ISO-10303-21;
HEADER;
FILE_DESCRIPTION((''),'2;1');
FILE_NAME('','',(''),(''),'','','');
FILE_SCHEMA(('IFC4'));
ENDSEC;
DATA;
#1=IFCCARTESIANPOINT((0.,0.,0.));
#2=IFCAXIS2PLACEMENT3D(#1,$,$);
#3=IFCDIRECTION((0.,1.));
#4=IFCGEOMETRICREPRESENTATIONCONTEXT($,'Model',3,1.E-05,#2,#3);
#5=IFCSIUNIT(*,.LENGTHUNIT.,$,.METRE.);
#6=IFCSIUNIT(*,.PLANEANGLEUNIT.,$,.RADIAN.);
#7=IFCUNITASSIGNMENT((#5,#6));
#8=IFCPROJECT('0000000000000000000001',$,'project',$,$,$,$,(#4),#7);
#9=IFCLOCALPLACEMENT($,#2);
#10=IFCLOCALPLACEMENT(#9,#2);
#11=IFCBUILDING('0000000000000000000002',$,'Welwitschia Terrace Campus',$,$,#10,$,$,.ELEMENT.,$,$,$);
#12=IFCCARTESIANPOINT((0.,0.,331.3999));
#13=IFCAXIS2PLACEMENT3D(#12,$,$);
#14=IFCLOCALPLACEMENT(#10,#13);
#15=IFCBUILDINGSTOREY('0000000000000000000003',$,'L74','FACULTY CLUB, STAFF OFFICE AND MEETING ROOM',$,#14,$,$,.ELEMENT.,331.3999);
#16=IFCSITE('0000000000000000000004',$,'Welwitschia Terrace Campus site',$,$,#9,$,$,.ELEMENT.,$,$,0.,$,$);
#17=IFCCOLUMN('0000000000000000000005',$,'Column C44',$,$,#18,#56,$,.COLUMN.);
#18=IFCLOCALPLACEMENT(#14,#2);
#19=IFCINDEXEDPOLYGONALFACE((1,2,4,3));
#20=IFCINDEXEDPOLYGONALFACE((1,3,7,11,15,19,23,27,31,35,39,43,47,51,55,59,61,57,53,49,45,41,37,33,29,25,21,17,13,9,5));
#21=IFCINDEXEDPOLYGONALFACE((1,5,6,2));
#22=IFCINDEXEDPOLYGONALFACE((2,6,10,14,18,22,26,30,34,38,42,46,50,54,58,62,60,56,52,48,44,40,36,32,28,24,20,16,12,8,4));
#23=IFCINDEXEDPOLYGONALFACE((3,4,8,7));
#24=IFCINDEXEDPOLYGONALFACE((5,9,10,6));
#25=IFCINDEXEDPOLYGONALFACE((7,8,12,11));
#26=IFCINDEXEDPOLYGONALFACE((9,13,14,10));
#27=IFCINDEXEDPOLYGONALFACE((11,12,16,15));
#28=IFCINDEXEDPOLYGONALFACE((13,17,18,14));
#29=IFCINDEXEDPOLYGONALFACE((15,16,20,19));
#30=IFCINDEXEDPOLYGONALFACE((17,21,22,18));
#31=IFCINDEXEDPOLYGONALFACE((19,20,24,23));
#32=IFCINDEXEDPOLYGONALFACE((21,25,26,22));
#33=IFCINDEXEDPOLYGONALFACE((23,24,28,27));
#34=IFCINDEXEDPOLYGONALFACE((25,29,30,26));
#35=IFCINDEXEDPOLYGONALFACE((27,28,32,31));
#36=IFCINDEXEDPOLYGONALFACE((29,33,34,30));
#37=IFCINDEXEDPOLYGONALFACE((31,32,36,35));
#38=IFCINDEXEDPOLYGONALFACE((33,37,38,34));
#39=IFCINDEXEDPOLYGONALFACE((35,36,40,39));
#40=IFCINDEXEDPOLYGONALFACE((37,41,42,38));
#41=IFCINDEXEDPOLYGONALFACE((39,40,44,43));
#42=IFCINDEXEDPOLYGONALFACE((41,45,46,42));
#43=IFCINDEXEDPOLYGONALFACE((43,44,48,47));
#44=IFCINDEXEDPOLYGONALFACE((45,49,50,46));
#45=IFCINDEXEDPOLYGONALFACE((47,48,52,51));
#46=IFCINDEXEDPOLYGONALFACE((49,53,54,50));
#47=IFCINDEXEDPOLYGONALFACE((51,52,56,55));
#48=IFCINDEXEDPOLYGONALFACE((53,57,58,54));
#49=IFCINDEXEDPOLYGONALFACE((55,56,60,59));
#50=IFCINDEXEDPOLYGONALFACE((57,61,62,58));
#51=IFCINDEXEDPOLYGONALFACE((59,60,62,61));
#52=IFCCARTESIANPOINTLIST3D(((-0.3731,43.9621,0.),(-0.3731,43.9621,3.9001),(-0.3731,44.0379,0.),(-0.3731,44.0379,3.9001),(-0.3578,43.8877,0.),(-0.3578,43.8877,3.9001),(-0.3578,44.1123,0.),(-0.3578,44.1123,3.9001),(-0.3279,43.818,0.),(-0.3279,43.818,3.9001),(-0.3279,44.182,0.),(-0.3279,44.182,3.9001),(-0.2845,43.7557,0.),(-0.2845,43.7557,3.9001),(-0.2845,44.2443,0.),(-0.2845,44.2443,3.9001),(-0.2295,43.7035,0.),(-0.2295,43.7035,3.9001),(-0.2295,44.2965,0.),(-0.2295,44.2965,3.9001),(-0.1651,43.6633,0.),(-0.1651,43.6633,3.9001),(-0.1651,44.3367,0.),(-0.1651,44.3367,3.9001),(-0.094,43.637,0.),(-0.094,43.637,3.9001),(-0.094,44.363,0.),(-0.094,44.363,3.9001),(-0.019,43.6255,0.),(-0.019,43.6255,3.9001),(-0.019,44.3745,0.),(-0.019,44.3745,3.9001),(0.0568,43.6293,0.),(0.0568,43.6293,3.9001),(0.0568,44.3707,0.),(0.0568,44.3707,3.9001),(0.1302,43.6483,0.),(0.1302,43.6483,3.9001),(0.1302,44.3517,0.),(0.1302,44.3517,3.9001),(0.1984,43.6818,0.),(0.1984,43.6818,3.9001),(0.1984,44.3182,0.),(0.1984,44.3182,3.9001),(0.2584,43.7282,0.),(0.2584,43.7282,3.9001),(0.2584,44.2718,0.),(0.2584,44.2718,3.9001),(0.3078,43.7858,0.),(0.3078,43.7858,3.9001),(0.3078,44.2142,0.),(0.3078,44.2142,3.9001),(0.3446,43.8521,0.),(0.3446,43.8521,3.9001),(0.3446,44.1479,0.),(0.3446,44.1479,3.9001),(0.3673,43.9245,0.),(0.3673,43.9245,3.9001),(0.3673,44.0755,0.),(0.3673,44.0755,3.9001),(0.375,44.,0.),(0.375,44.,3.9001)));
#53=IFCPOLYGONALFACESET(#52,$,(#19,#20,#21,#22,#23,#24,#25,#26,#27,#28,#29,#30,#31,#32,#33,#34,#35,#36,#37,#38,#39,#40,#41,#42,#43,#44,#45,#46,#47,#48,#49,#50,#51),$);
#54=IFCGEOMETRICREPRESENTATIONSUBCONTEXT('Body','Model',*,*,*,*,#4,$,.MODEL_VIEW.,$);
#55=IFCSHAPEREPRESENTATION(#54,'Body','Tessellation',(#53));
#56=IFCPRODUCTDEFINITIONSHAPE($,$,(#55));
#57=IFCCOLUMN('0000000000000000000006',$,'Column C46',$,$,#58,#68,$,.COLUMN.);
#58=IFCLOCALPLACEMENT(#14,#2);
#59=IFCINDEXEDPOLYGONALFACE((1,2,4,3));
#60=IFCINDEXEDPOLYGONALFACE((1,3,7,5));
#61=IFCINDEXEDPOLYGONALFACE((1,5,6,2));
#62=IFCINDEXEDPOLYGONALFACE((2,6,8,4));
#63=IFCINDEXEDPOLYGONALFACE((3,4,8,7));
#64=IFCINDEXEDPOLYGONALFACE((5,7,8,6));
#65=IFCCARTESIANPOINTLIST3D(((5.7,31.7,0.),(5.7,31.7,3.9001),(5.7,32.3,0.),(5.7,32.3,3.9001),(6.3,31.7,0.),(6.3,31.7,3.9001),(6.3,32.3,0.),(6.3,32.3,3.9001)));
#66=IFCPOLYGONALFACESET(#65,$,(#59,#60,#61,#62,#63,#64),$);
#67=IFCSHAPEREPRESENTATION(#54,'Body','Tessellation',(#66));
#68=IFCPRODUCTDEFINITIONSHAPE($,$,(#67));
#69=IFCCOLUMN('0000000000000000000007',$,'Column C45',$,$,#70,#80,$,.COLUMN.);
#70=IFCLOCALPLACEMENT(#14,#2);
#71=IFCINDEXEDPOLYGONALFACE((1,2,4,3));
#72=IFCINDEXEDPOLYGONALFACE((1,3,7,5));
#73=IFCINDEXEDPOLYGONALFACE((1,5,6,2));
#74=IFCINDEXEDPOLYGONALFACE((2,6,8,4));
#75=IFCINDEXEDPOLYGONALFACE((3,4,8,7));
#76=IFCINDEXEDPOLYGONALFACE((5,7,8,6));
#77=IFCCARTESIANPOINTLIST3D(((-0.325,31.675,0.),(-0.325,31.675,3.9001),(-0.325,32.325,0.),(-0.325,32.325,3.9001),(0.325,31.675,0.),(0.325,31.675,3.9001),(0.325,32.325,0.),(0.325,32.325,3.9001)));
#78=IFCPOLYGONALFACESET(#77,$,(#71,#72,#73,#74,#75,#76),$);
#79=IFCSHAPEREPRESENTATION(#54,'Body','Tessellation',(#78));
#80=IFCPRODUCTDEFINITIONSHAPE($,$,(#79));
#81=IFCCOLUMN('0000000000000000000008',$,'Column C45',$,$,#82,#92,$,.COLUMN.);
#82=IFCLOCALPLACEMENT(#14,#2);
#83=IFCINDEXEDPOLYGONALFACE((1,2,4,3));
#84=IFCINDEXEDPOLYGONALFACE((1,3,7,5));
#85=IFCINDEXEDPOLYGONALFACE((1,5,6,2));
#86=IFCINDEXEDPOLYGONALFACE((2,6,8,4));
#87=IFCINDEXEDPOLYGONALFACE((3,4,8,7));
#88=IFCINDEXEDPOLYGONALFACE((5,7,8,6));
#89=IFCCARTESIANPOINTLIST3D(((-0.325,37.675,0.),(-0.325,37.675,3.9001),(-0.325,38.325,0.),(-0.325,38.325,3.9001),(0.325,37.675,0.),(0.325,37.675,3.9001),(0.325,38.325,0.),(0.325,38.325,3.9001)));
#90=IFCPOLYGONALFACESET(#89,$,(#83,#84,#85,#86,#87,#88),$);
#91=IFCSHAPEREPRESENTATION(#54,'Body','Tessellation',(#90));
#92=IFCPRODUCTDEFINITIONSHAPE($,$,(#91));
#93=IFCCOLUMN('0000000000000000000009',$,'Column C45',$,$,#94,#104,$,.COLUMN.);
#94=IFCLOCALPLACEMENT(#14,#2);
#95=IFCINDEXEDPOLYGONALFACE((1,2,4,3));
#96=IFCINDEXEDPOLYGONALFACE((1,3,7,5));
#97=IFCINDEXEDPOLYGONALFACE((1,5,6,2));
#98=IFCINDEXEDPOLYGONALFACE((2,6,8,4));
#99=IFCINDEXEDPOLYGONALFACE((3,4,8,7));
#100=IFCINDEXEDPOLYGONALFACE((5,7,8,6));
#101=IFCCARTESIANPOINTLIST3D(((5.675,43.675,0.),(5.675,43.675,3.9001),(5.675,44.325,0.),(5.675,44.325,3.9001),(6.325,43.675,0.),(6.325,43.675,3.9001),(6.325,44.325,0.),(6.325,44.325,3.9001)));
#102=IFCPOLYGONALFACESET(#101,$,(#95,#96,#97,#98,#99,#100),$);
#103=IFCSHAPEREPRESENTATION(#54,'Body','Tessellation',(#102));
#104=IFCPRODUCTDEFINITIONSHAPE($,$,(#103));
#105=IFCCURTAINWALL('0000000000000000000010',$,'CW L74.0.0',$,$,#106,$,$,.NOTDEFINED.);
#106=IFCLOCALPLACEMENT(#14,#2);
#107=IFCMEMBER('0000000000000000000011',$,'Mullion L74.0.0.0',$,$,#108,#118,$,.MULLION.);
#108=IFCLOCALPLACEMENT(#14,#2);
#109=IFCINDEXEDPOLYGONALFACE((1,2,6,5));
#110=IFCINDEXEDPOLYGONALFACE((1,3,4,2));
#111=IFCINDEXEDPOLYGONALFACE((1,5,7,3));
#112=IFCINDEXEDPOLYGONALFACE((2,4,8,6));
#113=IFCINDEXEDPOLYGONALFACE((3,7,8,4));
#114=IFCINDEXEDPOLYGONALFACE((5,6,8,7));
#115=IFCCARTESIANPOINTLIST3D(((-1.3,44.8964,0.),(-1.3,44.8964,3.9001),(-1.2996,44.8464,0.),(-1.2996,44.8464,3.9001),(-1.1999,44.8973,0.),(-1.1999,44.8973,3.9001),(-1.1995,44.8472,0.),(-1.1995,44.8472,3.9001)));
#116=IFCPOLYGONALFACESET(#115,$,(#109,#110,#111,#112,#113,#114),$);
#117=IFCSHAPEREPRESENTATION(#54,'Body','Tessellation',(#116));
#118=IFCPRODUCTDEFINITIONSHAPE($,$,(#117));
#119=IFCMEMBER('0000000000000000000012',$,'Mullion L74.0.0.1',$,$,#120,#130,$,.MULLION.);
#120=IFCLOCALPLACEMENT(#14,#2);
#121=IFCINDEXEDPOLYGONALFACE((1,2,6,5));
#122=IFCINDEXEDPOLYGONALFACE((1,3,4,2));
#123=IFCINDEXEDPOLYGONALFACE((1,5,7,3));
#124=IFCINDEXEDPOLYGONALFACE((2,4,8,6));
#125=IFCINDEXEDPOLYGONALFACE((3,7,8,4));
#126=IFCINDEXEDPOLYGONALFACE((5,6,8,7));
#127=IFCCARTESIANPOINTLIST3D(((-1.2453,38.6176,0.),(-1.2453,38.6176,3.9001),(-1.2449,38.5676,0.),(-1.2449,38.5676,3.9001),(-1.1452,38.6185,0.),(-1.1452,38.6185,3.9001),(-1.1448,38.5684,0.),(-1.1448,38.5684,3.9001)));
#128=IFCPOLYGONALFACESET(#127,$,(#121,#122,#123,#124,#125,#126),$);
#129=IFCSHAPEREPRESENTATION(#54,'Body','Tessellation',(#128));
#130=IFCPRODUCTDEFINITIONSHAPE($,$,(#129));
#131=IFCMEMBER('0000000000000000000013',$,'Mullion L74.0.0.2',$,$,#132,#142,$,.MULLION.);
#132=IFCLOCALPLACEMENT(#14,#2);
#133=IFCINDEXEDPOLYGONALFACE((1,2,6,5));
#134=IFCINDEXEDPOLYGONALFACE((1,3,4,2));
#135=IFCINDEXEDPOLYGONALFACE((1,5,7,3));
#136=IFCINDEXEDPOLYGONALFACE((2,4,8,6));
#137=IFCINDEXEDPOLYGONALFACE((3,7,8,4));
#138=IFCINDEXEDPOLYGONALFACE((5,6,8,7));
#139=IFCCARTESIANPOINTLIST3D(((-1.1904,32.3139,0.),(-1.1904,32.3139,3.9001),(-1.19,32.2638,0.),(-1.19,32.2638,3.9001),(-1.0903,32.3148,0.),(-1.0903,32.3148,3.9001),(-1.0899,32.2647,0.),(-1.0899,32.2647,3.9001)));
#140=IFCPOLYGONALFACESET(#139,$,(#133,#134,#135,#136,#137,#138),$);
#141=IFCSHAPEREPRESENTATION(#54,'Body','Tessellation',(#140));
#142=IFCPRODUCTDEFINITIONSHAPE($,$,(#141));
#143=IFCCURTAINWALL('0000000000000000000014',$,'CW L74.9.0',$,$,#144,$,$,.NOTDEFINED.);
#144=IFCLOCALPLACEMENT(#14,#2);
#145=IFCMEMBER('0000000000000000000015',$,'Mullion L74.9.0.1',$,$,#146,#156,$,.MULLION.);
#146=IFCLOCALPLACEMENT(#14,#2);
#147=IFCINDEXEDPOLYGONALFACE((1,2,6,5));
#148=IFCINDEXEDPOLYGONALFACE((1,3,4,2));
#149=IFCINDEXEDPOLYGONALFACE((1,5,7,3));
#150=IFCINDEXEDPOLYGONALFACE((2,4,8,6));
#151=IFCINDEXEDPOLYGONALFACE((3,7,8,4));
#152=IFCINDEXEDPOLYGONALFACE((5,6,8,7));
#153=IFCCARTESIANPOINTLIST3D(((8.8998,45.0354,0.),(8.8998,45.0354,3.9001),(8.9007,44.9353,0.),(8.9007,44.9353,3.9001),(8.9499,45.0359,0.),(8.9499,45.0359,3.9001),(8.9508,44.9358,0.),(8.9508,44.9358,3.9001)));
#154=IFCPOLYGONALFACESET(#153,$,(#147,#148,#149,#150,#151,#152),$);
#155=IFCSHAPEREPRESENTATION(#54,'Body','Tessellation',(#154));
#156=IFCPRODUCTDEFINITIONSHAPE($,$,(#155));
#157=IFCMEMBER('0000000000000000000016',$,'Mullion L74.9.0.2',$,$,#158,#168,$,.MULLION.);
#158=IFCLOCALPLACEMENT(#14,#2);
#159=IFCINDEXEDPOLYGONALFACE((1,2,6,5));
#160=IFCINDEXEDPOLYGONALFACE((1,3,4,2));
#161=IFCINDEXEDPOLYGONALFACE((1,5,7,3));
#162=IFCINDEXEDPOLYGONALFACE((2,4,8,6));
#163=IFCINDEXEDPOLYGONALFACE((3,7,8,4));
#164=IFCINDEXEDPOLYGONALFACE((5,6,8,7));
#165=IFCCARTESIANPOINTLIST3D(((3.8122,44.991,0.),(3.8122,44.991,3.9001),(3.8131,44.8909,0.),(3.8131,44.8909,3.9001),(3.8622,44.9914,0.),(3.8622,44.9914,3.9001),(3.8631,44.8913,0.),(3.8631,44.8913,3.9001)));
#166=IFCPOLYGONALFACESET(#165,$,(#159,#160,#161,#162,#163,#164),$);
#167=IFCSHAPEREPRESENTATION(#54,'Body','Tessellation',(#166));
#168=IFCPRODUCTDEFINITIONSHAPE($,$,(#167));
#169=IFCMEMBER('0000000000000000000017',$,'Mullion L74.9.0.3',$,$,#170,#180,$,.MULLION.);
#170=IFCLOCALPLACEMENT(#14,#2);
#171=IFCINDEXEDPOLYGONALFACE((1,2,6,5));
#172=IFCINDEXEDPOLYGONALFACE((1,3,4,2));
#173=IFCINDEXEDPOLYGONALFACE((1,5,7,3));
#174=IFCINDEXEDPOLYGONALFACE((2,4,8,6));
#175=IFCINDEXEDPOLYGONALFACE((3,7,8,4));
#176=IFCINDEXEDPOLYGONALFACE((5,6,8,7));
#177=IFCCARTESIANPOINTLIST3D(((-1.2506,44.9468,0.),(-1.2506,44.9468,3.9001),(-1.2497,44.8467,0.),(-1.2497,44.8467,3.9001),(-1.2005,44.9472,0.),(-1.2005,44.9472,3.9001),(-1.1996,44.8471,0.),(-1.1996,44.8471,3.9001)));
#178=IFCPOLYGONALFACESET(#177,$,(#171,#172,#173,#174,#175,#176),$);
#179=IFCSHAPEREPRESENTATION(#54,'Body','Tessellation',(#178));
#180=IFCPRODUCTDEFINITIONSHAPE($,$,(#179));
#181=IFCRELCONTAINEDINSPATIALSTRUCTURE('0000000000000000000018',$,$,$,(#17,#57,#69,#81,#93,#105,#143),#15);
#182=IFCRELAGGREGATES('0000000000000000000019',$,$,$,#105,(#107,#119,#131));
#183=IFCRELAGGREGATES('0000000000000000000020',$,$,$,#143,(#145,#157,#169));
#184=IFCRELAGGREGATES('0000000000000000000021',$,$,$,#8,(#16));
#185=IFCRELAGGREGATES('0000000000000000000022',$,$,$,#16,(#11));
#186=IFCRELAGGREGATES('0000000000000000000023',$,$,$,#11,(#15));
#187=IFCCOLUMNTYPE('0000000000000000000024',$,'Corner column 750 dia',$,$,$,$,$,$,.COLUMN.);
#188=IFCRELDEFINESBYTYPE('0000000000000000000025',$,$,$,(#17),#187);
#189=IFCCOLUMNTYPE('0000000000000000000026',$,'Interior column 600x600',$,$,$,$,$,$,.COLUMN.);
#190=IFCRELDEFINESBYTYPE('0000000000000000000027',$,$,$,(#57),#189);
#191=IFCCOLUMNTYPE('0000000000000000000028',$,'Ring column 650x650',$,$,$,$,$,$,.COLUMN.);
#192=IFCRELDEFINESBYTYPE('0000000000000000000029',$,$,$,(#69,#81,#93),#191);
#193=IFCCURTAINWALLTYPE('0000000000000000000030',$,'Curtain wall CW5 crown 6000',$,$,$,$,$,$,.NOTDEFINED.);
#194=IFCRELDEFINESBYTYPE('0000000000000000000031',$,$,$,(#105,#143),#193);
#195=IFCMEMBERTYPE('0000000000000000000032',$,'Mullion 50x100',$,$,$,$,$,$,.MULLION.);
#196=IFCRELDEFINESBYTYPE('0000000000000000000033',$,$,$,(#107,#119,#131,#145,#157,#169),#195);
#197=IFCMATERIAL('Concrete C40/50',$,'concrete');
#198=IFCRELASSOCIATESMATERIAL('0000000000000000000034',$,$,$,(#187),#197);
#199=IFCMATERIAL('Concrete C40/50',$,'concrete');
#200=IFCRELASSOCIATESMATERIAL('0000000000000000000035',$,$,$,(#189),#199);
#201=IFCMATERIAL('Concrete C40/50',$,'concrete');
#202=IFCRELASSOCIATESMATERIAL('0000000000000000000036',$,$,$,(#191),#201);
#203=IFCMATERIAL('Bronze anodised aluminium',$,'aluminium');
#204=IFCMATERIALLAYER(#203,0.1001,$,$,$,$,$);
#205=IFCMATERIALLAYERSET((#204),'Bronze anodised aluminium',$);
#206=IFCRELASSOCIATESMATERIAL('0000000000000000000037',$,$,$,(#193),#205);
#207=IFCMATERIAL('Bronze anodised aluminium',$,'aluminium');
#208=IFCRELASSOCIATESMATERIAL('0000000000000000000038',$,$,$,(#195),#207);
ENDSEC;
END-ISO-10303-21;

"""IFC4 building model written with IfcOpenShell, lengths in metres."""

from ifc_helpers import new_model, si_unit, direction, frame, origin, origin_2d, place, context, subcontext, project, spatial, rectangle, circle, extrude, material, layer, layer_set, material_profile, profile_set, type_object, element, aggregate, save


model = new_model("IFC4")

# Units and contexts
model_context = context("Model", 3, precision=1e-05, world=origin(), true_north=direction((0.0, 1.0)))
body_context = subcontext(model_context, "Body", "Model", "MODEL_VIEW")
ifc_project = project(units=[si_unit("LENGTHUNIT", "METRE"), si_unit("PLANEANGLEUNIT", "RADIAN")], contexts=[model_context])

# Site, building, storey
site_placement = place(None, origin())
site = spatial("IfcSite", under=ifc_project, at=site_placement, Name="Welwitschia Terrace Campus site", CompositionType="ELEMENT", RefElevation=0.0)
building_placement = place(site_placement, origin())
building = spatial("IfcBuilding", under=site, at=building_placement, Name="Welwitschia Terrace Campus", CompositionType="ELEMENT")
storey_placement = place(building_placement, frame((0.0, 0.0, 331.3999)))
storey = spatial("IfcBuildingStorey", under=building, at=storey_placement, Name="L74", Description="FACULTY CLUB, STAFF OFFICE AND MEETING ROOM", CompositionType="ELEMENT", Elevation=331.3999)

# Columns
ifc_material_1 = material(Name="Concrete C40/50", Category="concrete")
ifc_material_profile_1 = material_profile(ifc_material_1, circle(Radius=0.375, at=origin_2d()))
ifc_profile_set_1 = profile_set([ifc_material_profile_1], Name="Concrete C40/50")
column_type_1 = type_object("IfcColumnType", Name="Corner column 750 dia", PredefinedType="COLUMN", material=ifc_profile_set_1)
column_1_placement = place(storey_placement, frame((0.0, 44.0, 0.0), z_axis=(0.0, 0.0, 1.0), x_axis=(1.0, 0.0, 0.0)))
element("IfcColumn", 1, at=column_1_placement, inside=storey, type_object=column_type_1, Name="Column C44", PredefinedType="COLUMN", context=body_context, shape_type="SweptSolid", body=[
    extrude(circle(Radius=0.375, at=origin_2d()), origin(), (0.0, 0.0, 1.0), 3.9001),
])
ifc_material_2 = material(Name="Concrete C40/50", Category="concrete")
ifc_material_profile_2 = material_profile(ifc_material_2, rectangle(XDim=0.6001, YDim=0.6001, at=origin_2d()))
ifc_profile_set_2 = profile_set([ifc_material_profile_2], Name="Concrete C40/50")
column_type_2 = type_object("IfcColumnType", Name="Interior column 600x600", PredefinedType="COLUMN", material=ifc_profile_set_2)
column_2_placement = place(storey_placement, frame((6.0, 32.0, 0.0), z_axis=(0.0, 0.0, 1.0), x_axis=(1.0, 0.0, 0.0)))
element("IfcColumn", 2, at=column_2_placement, inside=storey, type_object=column_type_2, Name="Column C46", PredefinedType="COLUMN", context=body_context, shape_type="SweptSolid", body=[
    extrude(rectangle(XDim=0.6001, YDim=0.6001, at=origin_2d()), origin(), (0.0, 0.0, 1.0), 3.9001),
])
ifc_material_3 = material(Name="Concrete C40/50", Category="concrete")
ifc_material_profile_3 = material_profile(ifc_material_3, rectangle(XDim=0.6499, YDim=0.6499, at=origin_2d()))
ifc_profile_set_3 = profile_set([ifc_material_profile_3], Name="Concrete C40/50")
column_type_3 = type_object("IfcColumnType", Name="Ring column 650x650", PredefinedType="COLUMN", material=ifc_profile_set_3)
for number, where, z_axis, x_axis, name in (
    (3, (0.0, 32.0, 0.0), (0.0, 0.0, 1.0), (1.0, 0.0, 0.0), "Column C45"),
    (4, (0.0, 38.0, 0.0), (0.0, 0.0, 1.0), (1.0, 0.0, 0.0), "Column C45"),
    (5, (6.0, 44.0, 0.0), (0.0, 0.0, 1.0), (1.0, 0.0, 0.0), "Column C45"),
):
    element("IfcColumn", number, at=place(storey_placement, frame(where, z_axis=z_axis, x_axis=x_axis)), inside=storey, type_object=column_type_3, Name=name, PredefinedType="COLUMN", context=body_context, shape_type="SweptSolid", body=[
        extrude(rectangle(XDim=0.6499, YDim=0.6499, at=origin_2d()), origin(), (0.0, 0.0, 1.0), 3.9001),
    ])

# Curtain walls, members
ifc_material_4 = material(Name="Bronze anodised aluminium", Category="aluminium")
ifc_layer_1 = layer(ifc_material_4, 0.1001)
ifc_layer_set_1 = layer_set([ifc_layer_1], Name="Bronze anodised aluminium")
curtain_wall_type = type_object("IfcCurtainWallType", Name="Curtain wall CW5 crown 6000", PredefinedType="NOTDEFINED", material=ifc_layer_set_1)
curtain_wall_1_placement = place(storey_placement, origin())
curtain_wall_1 = element("IfcCurtainWall", 6, at=curtain_wall_1_placement, inside=storey, type_object=curtain_wall_type, Name="CW L74.0.0", PredefinedType="NOTDEFINED")
ifc_material_5 = material(Name="Bronze anodised aluminium", Category="aluminium")
ifc_material_profile_4 = material_profile(ifc_material_5, rectangle(XDim=0.1001, YDim=0.05, at=origin_2d()))
ifc_profile_set_4 = profile_set([ifc_material_profile_4], Name="Bronze anodised aluminium")
member_type_1 = type_object("IfcMemberType", Name="Mullion 50x100", PredefinedType="MULLION", material=ifc_profile_set_4)
member_1_placement = place(storey_placement, frame((-1.2498, 44.8718, 0.0), z_axis=(0.0, 0.0, 1.0), x_axis=(0.999962, 0.008727, 0.0)))
member_1 = element("IfcMember", 7, at=member_1_placement, type_object=member_type_1, Name="Mullion L74.0.0.0", PredefinedType="MULLION", context=body_context, shape_type="SweptSolid", body=[
    extrude(rectangle(XDim=0.1001, YDim=0.05, at=origin_2d()), origin(), (0.0, 0.0, 1.0), 3.9001),
])
member_2_placement = place(storey_placement, frame((-1.1951, 38.593, 0.0), z_axis=(0.0, 0.0, 1.0), x_axis=(0.999962, 0.008727, 0.0)))
member_2 = element("IfcMember", 8, at=member_2_placement, type_object=member_type_1, Name="Mullion L74.0.0.1", PredefinedType="MULLION", context=body_context, shape_type="SweptSolid", body=[
    extrude(rectangle(XDim=0.1001, YDim=0.05, at=origin_2d()), origin(), (0.0, 0.0, 1.0), 3.9001),
])
member_3_placement = place(storey_placement, frame((-1.1401, 32.2893, 0.0), z_axis=(0.0, 0.0, 1.0), x_axis=(0.999962, 0.008727, 0.0)))
member_3 = element("IfcMember", 9, at=member_3_placement, type_object=member_type_1, Name="Mullion L74.0.0.2", PredefinedType="MULLION", context=body_context, shape_type="SweptSolid", body=[
    extrude(rectangle(XDim=0.1001, YDim=0.05, at=origin_2d()), origin(), (0.0, 0.0, 1.0), 3.9001),
])
curtain_wall_2_placement = place(storey_placement, origin())
curtain_wall_2 = element("IfcCurtainWall", 10, at=curtain_wall_2_placement, inside=storey, type_object=curtain_wall_type, Name="CW L74.9.0", PredefinedType="NOTDEFINED")
member_4_placement = place(storey_placement, frame((8.9253, 44.9856, 0.0), z_axis=(0.0, 0.0, 1.0), x_axis=(0.008727, -0.999962, 0.0)))
member_4 = element("IfcMember", 11, at=member_4_placement, type_object=member_type_1, Name="Mullion L74.9.0.1", PredefinedType="MULLION", context=body_context, shape_type="SweptSolid", body=[
    extrude(rectangle(XDim=0.1001, YDim=0.05, at=origin_2d()), origin(), (0.0, 0.0, 1.0), 3.9001),
])
member_5_placement = place(storey_placement, frame((3.8376, 44.9412, 0.0), z_axis=(0.0, 0.0, 1.0), x_axis=(0.008727, -0.999962, 0.0)))
member_5 = element("IfcMember", 12, at=member_5_placement, type_object=member_type_1, Name="Mullion L74.9.0.2", PredefinedType="MULLION", context=body_context, shape_type="SweptSolid", body=[
    extrude(rectangle(XDim=0.1001, YDim=0.05, at=origin_2d()), origin(), (0.0, 0.0, 1.0), 3.9001),
])
member_6_placement = place(storey_placement, frame((-1.2251, 44.897, 0.0), z_axis=(0.0, 0.0, 1.0), x_axis=(0.008727, -0.999962, 0.0)))
member_6 = element("IfcMember", 13, at=member_6_placement, type_object=member_type_1, Name="Mullion L74.9.0.3", PredefinedType="MULLION", context=body_context, shape_type="SweptSolid", body=[
    extrude(rectangle(XDim=0.1001, YDim=0.05, at=origin_2d()), origin(), (0.0, 0.0, 1.0), 3.9001),
])

aggregate(curtain_wall_1, [member_1, member_2, member_3])
aggregate(curtain_wall_2, [member_4, member_5, member_6])

save(model, "model.ifc")
